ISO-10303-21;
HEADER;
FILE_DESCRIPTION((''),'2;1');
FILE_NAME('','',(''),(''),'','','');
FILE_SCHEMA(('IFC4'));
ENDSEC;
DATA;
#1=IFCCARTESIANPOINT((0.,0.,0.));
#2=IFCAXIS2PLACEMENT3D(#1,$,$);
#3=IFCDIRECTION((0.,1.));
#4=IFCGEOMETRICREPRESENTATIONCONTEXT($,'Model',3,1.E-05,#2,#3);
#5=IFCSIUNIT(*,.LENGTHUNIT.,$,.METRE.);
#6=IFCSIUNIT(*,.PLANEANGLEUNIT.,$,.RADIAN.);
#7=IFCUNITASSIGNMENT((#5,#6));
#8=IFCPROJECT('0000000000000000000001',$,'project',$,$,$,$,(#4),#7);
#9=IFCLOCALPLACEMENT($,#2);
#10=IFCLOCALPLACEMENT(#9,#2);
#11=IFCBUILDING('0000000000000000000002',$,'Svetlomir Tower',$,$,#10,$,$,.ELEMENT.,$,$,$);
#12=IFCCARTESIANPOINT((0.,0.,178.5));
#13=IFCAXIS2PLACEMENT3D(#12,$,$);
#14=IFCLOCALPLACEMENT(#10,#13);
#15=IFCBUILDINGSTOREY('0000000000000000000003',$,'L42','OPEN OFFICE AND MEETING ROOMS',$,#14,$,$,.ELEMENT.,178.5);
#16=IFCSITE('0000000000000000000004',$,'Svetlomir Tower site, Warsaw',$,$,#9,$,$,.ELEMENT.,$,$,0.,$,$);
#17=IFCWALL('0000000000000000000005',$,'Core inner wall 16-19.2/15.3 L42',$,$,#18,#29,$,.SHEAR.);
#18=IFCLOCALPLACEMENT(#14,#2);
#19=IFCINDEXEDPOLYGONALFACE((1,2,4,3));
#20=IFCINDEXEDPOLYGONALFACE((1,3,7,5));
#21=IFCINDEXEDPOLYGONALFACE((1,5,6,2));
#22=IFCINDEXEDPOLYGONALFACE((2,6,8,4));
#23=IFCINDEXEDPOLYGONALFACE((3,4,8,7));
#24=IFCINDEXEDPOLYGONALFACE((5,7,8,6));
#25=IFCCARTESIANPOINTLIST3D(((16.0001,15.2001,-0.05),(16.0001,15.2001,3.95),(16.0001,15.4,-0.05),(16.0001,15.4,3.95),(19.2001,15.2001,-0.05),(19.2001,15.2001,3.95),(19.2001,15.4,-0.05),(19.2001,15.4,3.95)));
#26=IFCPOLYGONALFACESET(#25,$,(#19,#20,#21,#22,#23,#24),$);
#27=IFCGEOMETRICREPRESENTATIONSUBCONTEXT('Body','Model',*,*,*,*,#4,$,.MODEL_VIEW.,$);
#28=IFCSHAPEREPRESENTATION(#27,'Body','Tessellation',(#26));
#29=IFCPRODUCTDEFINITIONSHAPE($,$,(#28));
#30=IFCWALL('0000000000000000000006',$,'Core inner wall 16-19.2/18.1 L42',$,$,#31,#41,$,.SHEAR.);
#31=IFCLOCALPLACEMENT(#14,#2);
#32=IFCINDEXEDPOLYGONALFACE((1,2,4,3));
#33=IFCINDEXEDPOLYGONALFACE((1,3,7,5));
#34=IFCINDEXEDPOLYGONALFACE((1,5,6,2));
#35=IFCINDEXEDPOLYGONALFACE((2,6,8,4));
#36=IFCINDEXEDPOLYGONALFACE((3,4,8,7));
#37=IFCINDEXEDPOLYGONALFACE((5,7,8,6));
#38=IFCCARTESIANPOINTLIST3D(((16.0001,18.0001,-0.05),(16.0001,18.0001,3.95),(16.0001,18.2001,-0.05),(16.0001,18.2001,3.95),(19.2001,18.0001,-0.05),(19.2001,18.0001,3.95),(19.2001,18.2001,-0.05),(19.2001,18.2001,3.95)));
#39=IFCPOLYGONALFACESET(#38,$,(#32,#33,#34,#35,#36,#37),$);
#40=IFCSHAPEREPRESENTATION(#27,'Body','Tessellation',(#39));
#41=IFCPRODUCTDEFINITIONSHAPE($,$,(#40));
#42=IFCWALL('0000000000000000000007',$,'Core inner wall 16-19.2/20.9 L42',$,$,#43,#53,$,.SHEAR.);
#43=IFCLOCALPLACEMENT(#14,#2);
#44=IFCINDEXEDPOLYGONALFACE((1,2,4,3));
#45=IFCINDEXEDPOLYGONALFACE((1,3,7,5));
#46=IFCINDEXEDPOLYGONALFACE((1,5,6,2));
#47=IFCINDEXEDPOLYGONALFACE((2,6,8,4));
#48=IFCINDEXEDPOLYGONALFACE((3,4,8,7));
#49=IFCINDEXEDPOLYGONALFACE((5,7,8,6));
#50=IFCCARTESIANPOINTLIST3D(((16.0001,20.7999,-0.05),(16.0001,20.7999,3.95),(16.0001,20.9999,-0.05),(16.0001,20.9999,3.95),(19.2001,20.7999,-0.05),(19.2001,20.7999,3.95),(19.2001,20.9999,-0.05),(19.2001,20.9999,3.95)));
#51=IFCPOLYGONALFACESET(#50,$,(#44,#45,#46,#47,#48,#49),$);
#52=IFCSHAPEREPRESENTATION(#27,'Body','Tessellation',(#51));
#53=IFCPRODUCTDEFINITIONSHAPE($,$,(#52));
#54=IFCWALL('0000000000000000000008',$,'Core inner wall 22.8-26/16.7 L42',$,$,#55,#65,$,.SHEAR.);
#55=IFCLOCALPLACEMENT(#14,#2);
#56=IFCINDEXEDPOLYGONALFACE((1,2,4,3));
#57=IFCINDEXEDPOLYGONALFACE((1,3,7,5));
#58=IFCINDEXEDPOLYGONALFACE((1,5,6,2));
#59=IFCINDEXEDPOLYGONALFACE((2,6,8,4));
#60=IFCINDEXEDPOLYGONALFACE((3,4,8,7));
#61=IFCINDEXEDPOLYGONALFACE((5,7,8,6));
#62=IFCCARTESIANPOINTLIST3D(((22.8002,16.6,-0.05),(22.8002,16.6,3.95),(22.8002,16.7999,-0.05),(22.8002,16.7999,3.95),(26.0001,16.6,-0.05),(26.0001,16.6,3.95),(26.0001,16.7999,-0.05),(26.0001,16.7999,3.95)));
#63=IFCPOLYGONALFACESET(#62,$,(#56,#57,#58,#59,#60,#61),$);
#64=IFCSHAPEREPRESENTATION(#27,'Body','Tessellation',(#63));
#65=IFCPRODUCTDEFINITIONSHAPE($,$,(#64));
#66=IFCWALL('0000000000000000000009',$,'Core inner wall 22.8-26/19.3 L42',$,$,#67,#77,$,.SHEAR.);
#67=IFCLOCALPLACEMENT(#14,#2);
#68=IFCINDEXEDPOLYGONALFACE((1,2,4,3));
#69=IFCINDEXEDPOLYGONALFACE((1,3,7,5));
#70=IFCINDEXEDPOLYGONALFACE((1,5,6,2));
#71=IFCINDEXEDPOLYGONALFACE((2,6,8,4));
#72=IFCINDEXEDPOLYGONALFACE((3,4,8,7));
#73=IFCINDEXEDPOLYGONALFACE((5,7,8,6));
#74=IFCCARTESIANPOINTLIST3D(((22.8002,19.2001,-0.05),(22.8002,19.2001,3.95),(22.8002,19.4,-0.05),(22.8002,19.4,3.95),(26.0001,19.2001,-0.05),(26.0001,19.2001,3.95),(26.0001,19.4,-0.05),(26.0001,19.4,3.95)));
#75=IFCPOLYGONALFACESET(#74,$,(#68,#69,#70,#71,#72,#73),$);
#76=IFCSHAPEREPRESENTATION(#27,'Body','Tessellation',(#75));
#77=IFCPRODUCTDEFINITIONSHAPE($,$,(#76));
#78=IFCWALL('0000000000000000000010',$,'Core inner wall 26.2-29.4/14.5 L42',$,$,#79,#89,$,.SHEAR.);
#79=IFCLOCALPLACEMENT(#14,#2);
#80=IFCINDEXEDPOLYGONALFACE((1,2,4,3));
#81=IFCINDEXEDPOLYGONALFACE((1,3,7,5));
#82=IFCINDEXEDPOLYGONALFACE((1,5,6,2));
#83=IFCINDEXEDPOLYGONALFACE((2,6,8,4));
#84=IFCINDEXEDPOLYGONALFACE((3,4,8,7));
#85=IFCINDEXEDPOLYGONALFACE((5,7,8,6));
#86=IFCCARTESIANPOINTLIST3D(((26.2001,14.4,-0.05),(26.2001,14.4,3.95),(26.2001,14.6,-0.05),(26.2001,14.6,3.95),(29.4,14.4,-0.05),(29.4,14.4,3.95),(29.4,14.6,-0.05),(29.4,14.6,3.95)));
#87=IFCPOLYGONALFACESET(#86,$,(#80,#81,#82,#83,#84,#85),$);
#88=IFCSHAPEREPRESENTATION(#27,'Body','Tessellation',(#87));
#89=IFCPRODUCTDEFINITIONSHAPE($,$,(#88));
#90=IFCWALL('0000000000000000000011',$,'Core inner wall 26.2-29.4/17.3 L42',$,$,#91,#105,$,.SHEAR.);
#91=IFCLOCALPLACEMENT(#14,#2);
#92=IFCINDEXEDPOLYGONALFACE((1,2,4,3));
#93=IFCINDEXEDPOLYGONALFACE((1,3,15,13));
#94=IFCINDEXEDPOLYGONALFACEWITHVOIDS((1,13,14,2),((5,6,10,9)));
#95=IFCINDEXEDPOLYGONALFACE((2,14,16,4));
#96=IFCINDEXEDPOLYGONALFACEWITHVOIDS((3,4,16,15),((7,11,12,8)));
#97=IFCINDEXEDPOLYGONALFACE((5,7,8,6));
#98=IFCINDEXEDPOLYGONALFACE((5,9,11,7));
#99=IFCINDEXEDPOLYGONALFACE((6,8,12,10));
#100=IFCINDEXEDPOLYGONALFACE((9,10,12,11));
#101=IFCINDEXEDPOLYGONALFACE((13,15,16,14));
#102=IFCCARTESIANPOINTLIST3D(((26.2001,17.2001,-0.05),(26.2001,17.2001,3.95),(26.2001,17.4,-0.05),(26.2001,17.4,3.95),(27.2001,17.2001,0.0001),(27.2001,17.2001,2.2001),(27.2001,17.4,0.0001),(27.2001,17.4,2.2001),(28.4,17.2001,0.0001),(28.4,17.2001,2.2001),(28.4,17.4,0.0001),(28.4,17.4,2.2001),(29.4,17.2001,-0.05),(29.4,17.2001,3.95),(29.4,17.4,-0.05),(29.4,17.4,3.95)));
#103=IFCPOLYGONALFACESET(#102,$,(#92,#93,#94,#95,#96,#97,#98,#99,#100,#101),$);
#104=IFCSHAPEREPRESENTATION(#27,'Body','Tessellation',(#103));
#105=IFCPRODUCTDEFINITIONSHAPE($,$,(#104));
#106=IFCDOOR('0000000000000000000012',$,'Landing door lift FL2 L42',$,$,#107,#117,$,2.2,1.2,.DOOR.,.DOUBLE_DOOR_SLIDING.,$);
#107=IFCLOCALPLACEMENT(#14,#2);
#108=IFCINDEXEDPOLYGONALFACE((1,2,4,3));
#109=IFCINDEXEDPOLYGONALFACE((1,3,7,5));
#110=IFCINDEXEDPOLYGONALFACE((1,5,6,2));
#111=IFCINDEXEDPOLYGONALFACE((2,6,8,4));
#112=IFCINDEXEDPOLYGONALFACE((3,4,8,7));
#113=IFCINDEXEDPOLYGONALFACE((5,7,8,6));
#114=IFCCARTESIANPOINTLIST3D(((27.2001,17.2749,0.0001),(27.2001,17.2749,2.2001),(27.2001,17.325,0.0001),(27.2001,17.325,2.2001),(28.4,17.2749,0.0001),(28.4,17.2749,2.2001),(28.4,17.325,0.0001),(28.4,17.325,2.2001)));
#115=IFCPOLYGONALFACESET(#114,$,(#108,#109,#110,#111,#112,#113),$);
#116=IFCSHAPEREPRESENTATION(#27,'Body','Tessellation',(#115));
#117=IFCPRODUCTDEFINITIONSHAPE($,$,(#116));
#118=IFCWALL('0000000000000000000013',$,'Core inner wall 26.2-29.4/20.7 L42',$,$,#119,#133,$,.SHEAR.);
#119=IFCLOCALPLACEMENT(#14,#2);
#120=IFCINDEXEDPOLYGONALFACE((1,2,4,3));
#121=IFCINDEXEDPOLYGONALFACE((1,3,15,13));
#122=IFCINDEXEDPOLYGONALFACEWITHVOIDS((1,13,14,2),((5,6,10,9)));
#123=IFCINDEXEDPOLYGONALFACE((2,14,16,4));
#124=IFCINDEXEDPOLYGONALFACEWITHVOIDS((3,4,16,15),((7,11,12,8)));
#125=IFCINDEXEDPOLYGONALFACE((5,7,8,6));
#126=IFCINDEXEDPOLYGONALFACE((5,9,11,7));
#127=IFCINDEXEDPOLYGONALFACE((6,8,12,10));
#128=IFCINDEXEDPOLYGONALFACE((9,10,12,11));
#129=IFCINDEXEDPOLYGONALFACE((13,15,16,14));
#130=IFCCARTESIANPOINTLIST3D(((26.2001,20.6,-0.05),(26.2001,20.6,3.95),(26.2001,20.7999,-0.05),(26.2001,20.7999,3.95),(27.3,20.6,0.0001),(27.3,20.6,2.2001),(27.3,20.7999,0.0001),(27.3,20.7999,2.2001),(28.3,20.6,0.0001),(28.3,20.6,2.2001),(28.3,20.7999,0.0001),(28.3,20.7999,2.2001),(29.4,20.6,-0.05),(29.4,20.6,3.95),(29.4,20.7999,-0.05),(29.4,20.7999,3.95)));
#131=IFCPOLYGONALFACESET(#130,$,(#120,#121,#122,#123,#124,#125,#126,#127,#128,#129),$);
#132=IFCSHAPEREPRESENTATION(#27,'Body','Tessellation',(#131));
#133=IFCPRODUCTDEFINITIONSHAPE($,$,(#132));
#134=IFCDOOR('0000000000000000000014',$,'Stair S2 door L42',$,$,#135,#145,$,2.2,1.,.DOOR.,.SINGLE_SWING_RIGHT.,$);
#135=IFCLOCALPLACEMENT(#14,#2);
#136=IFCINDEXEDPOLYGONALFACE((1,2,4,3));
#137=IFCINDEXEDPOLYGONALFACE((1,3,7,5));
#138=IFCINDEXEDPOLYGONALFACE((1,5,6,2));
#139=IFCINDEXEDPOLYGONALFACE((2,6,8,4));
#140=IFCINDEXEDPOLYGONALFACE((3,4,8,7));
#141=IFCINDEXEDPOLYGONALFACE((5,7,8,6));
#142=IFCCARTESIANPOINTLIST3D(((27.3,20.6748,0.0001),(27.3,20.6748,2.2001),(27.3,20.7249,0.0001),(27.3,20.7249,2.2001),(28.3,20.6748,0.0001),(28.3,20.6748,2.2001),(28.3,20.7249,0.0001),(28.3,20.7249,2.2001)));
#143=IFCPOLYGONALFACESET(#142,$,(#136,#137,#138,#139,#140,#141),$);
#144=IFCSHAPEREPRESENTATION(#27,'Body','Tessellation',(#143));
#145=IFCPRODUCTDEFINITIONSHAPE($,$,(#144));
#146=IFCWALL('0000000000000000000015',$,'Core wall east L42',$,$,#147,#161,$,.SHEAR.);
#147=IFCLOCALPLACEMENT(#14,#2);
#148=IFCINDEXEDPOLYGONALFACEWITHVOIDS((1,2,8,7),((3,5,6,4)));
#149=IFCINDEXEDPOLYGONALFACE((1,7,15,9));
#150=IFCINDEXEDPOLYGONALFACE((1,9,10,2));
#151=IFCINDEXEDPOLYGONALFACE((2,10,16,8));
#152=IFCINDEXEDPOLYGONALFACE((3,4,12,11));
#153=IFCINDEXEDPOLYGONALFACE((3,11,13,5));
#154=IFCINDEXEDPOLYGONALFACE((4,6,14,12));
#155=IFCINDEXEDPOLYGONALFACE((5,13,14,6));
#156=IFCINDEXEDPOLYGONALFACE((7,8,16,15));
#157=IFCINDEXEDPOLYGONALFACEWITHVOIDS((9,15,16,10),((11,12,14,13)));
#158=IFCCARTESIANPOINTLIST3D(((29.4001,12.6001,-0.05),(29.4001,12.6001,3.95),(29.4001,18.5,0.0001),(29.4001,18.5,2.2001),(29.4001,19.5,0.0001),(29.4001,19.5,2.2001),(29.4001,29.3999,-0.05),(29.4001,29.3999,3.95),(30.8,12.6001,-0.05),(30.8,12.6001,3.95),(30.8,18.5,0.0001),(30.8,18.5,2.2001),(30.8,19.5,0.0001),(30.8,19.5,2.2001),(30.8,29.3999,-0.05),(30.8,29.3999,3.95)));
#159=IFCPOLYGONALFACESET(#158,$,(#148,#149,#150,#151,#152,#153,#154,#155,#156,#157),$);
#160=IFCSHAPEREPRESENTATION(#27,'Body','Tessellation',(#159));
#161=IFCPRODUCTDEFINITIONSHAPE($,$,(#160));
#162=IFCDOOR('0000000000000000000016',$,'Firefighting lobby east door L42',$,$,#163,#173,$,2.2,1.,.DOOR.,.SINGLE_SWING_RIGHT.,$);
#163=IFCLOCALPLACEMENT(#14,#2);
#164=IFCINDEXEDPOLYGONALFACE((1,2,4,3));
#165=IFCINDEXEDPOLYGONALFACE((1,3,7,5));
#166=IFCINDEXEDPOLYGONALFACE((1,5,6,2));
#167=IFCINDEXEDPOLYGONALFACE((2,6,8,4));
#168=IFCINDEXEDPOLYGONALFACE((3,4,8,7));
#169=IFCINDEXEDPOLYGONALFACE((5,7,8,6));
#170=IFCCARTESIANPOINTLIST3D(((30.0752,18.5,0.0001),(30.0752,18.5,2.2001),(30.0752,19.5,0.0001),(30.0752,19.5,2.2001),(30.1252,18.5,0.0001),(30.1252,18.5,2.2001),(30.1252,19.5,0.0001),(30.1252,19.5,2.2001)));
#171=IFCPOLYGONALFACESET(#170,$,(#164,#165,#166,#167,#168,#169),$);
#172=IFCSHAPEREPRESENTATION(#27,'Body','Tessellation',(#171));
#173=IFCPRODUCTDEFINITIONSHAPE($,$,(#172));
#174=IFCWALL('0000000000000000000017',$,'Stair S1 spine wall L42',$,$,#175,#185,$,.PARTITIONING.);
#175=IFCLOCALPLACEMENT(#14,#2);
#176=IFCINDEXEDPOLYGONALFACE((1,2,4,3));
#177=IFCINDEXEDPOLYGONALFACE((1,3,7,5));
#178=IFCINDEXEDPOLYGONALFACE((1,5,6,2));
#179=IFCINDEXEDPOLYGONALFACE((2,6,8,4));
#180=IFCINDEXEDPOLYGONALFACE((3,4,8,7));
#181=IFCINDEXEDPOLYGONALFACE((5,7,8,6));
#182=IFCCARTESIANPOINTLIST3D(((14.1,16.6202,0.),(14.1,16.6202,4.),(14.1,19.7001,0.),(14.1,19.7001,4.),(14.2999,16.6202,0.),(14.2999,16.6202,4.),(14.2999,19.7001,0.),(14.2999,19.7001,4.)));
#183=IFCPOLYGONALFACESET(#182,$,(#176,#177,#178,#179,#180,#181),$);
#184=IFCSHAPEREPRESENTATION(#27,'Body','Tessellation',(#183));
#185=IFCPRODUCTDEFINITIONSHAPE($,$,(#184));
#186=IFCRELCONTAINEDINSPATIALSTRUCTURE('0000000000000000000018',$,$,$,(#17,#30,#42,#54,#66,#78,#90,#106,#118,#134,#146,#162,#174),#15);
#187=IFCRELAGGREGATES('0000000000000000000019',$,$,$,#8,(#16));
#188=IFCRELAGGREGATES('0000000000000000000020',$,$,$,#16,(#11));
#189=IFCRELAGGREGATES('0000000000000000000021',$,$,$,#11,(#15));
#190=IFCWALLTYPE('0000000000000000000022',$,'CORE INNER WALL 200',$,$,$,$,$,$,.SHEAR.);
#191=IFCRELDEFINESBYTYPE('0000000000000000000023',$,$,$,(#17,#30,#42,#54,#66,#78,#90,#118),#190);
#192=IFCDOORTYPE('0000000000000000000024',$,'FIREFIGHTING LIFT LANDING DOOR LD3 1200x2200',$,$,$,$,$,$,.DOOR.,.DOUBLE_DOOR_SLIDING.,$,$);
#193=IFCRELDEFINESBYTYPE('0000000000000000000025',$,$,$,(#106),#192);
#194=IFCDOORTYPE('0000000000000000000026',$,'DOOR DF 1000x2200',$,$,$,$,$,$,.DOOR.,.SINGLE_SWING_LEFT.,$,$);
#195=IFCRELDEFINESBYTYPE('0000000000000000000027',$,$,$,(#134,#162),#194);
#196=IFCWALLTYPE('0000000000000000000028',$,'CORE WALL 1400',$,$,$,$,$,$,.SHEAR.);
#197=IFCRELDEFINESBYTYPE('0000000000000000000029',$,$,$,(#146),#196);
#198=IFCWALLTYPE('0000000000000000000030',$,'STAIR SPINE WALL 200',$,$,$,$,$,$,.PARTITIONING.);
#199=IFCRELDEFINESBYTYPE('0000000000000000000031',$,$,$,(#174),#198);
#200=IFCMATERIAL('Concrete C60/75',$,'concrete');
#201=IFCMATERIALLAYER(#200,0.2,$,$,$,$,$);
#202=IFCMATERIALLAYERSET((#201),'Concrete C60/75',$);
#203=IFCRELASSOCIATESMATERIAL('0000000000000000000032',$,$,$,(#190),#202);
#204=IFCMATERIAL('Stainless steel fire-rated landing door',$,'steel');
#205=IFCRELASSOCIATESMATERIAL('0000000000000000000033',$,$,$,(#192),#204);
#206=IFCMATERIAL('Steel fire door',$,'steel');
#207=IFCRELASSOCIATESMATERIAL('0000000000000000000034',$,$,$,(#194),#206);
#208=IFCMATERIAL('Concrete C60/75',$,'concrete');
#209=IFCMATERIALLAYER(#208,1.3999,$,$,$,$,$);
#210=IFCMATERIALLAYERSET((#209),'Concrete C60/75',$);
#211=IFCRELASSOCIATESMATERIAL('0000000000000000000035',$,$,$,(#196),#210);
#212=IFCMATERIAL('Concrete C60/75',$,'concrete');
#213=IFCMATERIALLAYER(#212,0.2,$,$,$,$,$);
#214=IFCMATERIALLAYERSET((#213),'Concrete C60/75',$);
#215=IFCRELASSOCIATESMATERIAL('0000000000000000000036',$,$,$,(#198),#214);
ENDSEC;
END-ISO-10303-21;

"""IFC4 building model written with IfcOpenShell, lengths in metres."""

from ifc_helpers import new_model, si_unit, direction, frame, frame_2d, origin, place, context, subcontext, project, spatial, rectangle, extrude, material, layer, layer_set, type_object, element, fill, save


model = new_model("IFC4")

# Units and contexts
model_context = context("Model", 3, precision=1e-05, world=origin(), true_north=direction((0.0, 1.0)))
body_context = subcontext(model_context, "Body", "Model", "MODEL_VIEW")
ifc_project = project(units=[si_unit("LENGTHUNIT", "METRE"), si_unit("PLANEANGLEUNIT", "RADIAN")], contexts=[model_context])

# Site, building, storey
site_placement = place(None, origin())
site = spatial("IfcSite", under=ifc_project, at=site_placement, Name="Svetlomir Tower site, Warsaw", CompositionType="ELEMENT", RefElevation=0.0)
building_placement = place(site_placement, origin())
building = spatial("IfcBuilding", under=site, at=building_placement, Name="Svetlomir Tower", CompositionType="ELEMENT")
storey_placement = place(building_placement, frame((0.0, 0.0, 178.5)))
storey = spatial("IfcBuildingStorey", under=building, at=storey_placement, Name="L42", Description="OPEN OFFICE AND MEETING ROOMS", CompositionType="ELEMENT", Elevation=178.5)

# Walls
ifc_material_1 = material(Name="Concrete C60/75", Category="concrete")
ifc_layer_1 = layer(ifc_material_1, 0.2)
ifc_layer_set_1 = layer_set([ifc_layer_1], Name="Concrete C60/75")
wall_type_1 = type_object("IfcWallType", Name="CORE INNER WALL 200", PredefinedType="SHEAR", material=ifc_layer_set_1)
for number, where, z_axis, x_axis, name in (
    (1, (16.0, 15.3, -0.05), (0.0, 0.0, 1.0), (1.0, 0.0, 0.0), "Core inner wall 16-19.2/15.3 L42"),
    (2, (16.0, 18.1001, -0.05), (0.0, 0.0, 1.0), (1.0, 0.0, 0.0), "Core inner wall 16-19.2/18.1 L42"),
    (3, (16.0, 20.8999, -0.05), (0.0, 0.0, 1.0), (1.0, 0.0, 0.0), "Core inner wall 16-19.2/20.9 L42"),
    (4, (22.8, 16.7, -0.05), (0.0, 0.0, 1.0), (1.0, 0.0, 0.0), "Core inner wall 22.8-26/16.7 L42"),
    (5, (22.8, 19.3, -0.05), (0.0, 0.0, 1.0), (1.0, 0.0, 0.0), "Core inner wall 22.8-26/19.3 L42"),
    (6, (26.2, 14.5, -0.05), (0.0, 0.0, 1.0), (1.0, 0.0, 0.0), "Core inner wall 26.2-29.4/14.5 L42"),
):
    element("IfcWall", number, at=place(storey_placement, frame(where, z_axis=z_axis, x_axis=x_axis)), inside=storey, type_object=wall_type_1, Name=name, PredefinedType="SHEAR", context=body_context, shape_type="SweptSolid", body=[
        extrude(rectangle(XDim=3.2, YDim=0.2, at=frame_2d((1.6001, 0.0))), origin(), (0.0, 0.0, 1.0), 4.0),
    ])

# Walls, openings, doors
wall_1_placement = place(storey_placement, frame((26.2, 17.3, -0.05), z_axis=(0.0, 0.0, 1.0), x_axis=(1.0, 0.0, 0.0)))
wall_1 = element("IfcWall", 7, at=wall_1_placement, inside=storey, type_object=wall_type_1, Name="Core inner wall 26.2-29.4/17.3 L42", PredefinedType="SHEAR", context=body_context, shape_type="SweptSolid", body=[
    extrude(rectangle(XDim=3.2, YDim=0.2, at=frame_2d((1.6001, 0.0))), origin(), (0.0, 0.0, 1.0), 4.0),
])
opening_1_placement = place(wall_1_placement, frame((1.0, 0.0, 0.05)))
opening_1 = element("IfcOpeningElement", 8, at=opening_1_placement, cuts=wall_1, PredefinedType="OPENING", context=body_context, shape_type="SweptSolid", body=[
    extrude(rectangle(XDim=1.2, YDim=2.2, at=frame_2d((0.6001, 1.1001))), frame((0.0, 0.1099, 0.0), z_axis=(0.0, -1.0, 0.0), x_axis=(1.0, 0.0, 0.0)), (0.0, 0.0, 1.0), 0.22),
])
ifc_material_2 = material(Name="Stainless steel fire-rated landing door", Category="steel")
door_type_1 = type_object("IfcDoorType", Name="FIREFIGHTING LIFT LANDING DOOR LD3 1200x2200", OperationType="DOUBLE_DOOR_SLIDING", PredefinedType="DOOR", material=ifc_material_2)
door_1_placement = place(opening_1_placement, origin())
door_1 = element("IfcDoor", 9, at=door_1_placement, inside=storey, type_object=door_type_1, Name="Landing door lift FL2 L42", OperationType="DOUBLE_DOOR_SLIDING", OverallHeight=2.2, OverallWidth=1.2, PredefinedType="DOOR", context=body_context, shape_type="SweptSolid", body=[
    extrude(rectangle(XDim=1.2, YDim=2.2, at=frame_2d((0.6001, 1.1001))), frame((0.0, 0.0249, 0.0), z_axis=(0.0, -1.0, 0.0), x_axis=(1.0, 0.0, 0.0)), (0.0, 0.0, 1.0), 0.05),
])
fill(opening_1, door_1)
wall_2_placement = place(storey_placement, frame((26.2, 20.7, -0.05), z_axis=(0.0, 0.0, 1.0), x_axis=(1.0, 0.0, 0.0)))
wall_2 = element("IfcWall", 10, at=wall_2_placement, inside=storey, type_object=wall_type_1, Name="Core inner wall 26.2-29.4/20.7 L42", PredefinedType="SHEAR", context=body_context, shape_type="SweptSolid", body=[
    extrude(rectangle(XDim=3.2, YDim=0.2, at=frame_2d((1.6001, 0.0))), origin(), (0.0, 0.0, 1.0), 4.0),
])
opening_2_placement = place(wall_2_placement, frame((1.1001, 0.0, 0.05)))
opening_2 = element("IfcOpeningElement", 11, at=opening_2_placement, cuts=wall_2, PredefinedType="OPENING", context=body_context, shape_type="SweptSolid", body=[
    extrude(rectangle(XDim=1.0, YDim=2.2, at=frame_2d((0.5, 1.1001))), frame((0.0, 0.1099, 0.0), z_axis=(0.0, -1.0, 0.0), x_axis=(1.0, 0.0, 0.0)), (0.0, 0.0, 1.0), 0.22),
])
ifc_material_3 = material(Name="Steel fire door", Category="steel")
door_type_2 = type_object("IfcDoorType", Name="DOOR DF 1000x2200", OperationType="SINGLE_SWING_LEFT", PredefinedType="DOOR", material=ifc_material_3)
door_2_placement = place(opening_2_placement, origin())
door_2 = element("IfcDoor", 12, at=door_2_placement, inside=storey, type_object=door_type_2, Name="Stair S2 door L42", OperationType="SINGLE_SWING_RIGHT", OverallHeight=2.2, OverallWidth=1.0, PredefinedType="DOOR", context=body_context, shape_type="SweptSolid", body=[
    extrude(rectangle(XDim=1.0, YDim=2.2, at=frame_2d((0.5, 1.1001))), frame((0.0, 0.0249, 0.0), z_axis=(0.0, -1.0, 0.0), x_axis=(1.0, 0.0, 0.0)), (0.0, 0.0, 1.0), 0.05),
])
fill(opening_2, door_2)
ifc_material_4 = material(Name="Concrete C60/75", Category="concrete")
ifc_layer_2 = layer(ifc_material_4, 1.3999)
ifc_layer_set_2 = layer_set([ifc_layer_2], Name="Concrete C60/75")
wall_type_2 = type_object("IfcWallType", Name="CORE WALL 1400", PredefinedType="SHEAR", material=ifc_layer_set_2)
wall_3_placement = place(storey_placement, frame((30.1001, 12.6001, -0.05), z_axis=(0.0, 0.0, 1.0), x_axis=(0.0, 1.0, 0.0)))
wall_3 = element("IfcWall", 13, at=wall_3_placement, inside=storey, type_object=wall_type_2, Name="Core wall east L42", PredefinedType="SHEAR", context=body_context, shape_type="SweptSolid", body=[
    extrude(rectangle(XDim=16.7998, YDim=1.3999, at=frame_2d((8.3999, 0.0))), origin(), (0.0, 0.0, 1.0), 4.0),
])
opening_3_placement = place(wall_3_placement, frame((5.8999, 0.0, 0.05)))
opening_3 = element("IfcOpeningElement", 14, at=opening_3_placement, cuts=wall_3, PredefinedType="OPENING", context=body_context, shape_type="SweptSolid", body=[
    extrude(rectangle(XDim=1.0, YDim=2.2, at=frame_2d((0.5, 1.1001))), frame((0.0, 0.71, 0.0), z_axis=(0.0, -1.0, 0.0), x_axis=(1.0, 0.0, 0.0)), (0.0, 0.0, 1.0), 1.4199),
])
door_3_placement = place(opening_3_placement, origin())
door_3 = element("IfcDoor", 15, at=door_3_placement, inside=storey, type_object=door_type_2, Name="Firefighting lobby east door L42", OperationType="SINGLE_SWING_RIGHT", OverallHeight=2.2, OverallWidth=1.0, PredefinedType="DOOR", context=body_context, shape_type="SweptSolid", body=[
    extrude(rectangle(XDim=1.0, YDim=2.2, at=frame_2d((0.5, 1.1001))), frame((0.0, 0.0249, 0.0), z_axis=(0.0, -1.0, 0.0), x_axis=(1.0, 0.0, 0.0)), (0.0, 0.0, 1.0), 0.05),
])
fill(opening_3, door_3)

# Wall
ifc_material_5 = material(Name="Concrete C60/75", Category="concrete")
ifc_layer_3 = layer(ifc_material_5, 0.2)
ifc_layer_set_3 = layer_set([ifc_layer_3], Name="Concrete C60/75")
wall_type_3 = type_object("IfcWallType", Name="STAIR SPINE WALL 200", PredefinedType="PARTITIONING", material=ifc_layer_set_3)
wall_4_placement = place(storey_placement, frame((14.2, 16.6201, 0.0), z_axis=(0.0, 0.0, 1.0), x_axis=(0.0, 1.0, 0.0)))
element("IfcWall", 16, at=wall_4_placement, inside=storey, type_object=wall_type_3, Name="Stair S1 spine wall L42", PredefinedType="PARTITIONING", context=body_context, shape_type="SweptSolid", body=[
    extrude(rectangle(XDim=3.0798, YDim=0.2, at=frame_2d((1.54, 0.0))), origin(), (0.0, 0.0, 1.0), 4.0),
])

save(model, "model.ifc")
